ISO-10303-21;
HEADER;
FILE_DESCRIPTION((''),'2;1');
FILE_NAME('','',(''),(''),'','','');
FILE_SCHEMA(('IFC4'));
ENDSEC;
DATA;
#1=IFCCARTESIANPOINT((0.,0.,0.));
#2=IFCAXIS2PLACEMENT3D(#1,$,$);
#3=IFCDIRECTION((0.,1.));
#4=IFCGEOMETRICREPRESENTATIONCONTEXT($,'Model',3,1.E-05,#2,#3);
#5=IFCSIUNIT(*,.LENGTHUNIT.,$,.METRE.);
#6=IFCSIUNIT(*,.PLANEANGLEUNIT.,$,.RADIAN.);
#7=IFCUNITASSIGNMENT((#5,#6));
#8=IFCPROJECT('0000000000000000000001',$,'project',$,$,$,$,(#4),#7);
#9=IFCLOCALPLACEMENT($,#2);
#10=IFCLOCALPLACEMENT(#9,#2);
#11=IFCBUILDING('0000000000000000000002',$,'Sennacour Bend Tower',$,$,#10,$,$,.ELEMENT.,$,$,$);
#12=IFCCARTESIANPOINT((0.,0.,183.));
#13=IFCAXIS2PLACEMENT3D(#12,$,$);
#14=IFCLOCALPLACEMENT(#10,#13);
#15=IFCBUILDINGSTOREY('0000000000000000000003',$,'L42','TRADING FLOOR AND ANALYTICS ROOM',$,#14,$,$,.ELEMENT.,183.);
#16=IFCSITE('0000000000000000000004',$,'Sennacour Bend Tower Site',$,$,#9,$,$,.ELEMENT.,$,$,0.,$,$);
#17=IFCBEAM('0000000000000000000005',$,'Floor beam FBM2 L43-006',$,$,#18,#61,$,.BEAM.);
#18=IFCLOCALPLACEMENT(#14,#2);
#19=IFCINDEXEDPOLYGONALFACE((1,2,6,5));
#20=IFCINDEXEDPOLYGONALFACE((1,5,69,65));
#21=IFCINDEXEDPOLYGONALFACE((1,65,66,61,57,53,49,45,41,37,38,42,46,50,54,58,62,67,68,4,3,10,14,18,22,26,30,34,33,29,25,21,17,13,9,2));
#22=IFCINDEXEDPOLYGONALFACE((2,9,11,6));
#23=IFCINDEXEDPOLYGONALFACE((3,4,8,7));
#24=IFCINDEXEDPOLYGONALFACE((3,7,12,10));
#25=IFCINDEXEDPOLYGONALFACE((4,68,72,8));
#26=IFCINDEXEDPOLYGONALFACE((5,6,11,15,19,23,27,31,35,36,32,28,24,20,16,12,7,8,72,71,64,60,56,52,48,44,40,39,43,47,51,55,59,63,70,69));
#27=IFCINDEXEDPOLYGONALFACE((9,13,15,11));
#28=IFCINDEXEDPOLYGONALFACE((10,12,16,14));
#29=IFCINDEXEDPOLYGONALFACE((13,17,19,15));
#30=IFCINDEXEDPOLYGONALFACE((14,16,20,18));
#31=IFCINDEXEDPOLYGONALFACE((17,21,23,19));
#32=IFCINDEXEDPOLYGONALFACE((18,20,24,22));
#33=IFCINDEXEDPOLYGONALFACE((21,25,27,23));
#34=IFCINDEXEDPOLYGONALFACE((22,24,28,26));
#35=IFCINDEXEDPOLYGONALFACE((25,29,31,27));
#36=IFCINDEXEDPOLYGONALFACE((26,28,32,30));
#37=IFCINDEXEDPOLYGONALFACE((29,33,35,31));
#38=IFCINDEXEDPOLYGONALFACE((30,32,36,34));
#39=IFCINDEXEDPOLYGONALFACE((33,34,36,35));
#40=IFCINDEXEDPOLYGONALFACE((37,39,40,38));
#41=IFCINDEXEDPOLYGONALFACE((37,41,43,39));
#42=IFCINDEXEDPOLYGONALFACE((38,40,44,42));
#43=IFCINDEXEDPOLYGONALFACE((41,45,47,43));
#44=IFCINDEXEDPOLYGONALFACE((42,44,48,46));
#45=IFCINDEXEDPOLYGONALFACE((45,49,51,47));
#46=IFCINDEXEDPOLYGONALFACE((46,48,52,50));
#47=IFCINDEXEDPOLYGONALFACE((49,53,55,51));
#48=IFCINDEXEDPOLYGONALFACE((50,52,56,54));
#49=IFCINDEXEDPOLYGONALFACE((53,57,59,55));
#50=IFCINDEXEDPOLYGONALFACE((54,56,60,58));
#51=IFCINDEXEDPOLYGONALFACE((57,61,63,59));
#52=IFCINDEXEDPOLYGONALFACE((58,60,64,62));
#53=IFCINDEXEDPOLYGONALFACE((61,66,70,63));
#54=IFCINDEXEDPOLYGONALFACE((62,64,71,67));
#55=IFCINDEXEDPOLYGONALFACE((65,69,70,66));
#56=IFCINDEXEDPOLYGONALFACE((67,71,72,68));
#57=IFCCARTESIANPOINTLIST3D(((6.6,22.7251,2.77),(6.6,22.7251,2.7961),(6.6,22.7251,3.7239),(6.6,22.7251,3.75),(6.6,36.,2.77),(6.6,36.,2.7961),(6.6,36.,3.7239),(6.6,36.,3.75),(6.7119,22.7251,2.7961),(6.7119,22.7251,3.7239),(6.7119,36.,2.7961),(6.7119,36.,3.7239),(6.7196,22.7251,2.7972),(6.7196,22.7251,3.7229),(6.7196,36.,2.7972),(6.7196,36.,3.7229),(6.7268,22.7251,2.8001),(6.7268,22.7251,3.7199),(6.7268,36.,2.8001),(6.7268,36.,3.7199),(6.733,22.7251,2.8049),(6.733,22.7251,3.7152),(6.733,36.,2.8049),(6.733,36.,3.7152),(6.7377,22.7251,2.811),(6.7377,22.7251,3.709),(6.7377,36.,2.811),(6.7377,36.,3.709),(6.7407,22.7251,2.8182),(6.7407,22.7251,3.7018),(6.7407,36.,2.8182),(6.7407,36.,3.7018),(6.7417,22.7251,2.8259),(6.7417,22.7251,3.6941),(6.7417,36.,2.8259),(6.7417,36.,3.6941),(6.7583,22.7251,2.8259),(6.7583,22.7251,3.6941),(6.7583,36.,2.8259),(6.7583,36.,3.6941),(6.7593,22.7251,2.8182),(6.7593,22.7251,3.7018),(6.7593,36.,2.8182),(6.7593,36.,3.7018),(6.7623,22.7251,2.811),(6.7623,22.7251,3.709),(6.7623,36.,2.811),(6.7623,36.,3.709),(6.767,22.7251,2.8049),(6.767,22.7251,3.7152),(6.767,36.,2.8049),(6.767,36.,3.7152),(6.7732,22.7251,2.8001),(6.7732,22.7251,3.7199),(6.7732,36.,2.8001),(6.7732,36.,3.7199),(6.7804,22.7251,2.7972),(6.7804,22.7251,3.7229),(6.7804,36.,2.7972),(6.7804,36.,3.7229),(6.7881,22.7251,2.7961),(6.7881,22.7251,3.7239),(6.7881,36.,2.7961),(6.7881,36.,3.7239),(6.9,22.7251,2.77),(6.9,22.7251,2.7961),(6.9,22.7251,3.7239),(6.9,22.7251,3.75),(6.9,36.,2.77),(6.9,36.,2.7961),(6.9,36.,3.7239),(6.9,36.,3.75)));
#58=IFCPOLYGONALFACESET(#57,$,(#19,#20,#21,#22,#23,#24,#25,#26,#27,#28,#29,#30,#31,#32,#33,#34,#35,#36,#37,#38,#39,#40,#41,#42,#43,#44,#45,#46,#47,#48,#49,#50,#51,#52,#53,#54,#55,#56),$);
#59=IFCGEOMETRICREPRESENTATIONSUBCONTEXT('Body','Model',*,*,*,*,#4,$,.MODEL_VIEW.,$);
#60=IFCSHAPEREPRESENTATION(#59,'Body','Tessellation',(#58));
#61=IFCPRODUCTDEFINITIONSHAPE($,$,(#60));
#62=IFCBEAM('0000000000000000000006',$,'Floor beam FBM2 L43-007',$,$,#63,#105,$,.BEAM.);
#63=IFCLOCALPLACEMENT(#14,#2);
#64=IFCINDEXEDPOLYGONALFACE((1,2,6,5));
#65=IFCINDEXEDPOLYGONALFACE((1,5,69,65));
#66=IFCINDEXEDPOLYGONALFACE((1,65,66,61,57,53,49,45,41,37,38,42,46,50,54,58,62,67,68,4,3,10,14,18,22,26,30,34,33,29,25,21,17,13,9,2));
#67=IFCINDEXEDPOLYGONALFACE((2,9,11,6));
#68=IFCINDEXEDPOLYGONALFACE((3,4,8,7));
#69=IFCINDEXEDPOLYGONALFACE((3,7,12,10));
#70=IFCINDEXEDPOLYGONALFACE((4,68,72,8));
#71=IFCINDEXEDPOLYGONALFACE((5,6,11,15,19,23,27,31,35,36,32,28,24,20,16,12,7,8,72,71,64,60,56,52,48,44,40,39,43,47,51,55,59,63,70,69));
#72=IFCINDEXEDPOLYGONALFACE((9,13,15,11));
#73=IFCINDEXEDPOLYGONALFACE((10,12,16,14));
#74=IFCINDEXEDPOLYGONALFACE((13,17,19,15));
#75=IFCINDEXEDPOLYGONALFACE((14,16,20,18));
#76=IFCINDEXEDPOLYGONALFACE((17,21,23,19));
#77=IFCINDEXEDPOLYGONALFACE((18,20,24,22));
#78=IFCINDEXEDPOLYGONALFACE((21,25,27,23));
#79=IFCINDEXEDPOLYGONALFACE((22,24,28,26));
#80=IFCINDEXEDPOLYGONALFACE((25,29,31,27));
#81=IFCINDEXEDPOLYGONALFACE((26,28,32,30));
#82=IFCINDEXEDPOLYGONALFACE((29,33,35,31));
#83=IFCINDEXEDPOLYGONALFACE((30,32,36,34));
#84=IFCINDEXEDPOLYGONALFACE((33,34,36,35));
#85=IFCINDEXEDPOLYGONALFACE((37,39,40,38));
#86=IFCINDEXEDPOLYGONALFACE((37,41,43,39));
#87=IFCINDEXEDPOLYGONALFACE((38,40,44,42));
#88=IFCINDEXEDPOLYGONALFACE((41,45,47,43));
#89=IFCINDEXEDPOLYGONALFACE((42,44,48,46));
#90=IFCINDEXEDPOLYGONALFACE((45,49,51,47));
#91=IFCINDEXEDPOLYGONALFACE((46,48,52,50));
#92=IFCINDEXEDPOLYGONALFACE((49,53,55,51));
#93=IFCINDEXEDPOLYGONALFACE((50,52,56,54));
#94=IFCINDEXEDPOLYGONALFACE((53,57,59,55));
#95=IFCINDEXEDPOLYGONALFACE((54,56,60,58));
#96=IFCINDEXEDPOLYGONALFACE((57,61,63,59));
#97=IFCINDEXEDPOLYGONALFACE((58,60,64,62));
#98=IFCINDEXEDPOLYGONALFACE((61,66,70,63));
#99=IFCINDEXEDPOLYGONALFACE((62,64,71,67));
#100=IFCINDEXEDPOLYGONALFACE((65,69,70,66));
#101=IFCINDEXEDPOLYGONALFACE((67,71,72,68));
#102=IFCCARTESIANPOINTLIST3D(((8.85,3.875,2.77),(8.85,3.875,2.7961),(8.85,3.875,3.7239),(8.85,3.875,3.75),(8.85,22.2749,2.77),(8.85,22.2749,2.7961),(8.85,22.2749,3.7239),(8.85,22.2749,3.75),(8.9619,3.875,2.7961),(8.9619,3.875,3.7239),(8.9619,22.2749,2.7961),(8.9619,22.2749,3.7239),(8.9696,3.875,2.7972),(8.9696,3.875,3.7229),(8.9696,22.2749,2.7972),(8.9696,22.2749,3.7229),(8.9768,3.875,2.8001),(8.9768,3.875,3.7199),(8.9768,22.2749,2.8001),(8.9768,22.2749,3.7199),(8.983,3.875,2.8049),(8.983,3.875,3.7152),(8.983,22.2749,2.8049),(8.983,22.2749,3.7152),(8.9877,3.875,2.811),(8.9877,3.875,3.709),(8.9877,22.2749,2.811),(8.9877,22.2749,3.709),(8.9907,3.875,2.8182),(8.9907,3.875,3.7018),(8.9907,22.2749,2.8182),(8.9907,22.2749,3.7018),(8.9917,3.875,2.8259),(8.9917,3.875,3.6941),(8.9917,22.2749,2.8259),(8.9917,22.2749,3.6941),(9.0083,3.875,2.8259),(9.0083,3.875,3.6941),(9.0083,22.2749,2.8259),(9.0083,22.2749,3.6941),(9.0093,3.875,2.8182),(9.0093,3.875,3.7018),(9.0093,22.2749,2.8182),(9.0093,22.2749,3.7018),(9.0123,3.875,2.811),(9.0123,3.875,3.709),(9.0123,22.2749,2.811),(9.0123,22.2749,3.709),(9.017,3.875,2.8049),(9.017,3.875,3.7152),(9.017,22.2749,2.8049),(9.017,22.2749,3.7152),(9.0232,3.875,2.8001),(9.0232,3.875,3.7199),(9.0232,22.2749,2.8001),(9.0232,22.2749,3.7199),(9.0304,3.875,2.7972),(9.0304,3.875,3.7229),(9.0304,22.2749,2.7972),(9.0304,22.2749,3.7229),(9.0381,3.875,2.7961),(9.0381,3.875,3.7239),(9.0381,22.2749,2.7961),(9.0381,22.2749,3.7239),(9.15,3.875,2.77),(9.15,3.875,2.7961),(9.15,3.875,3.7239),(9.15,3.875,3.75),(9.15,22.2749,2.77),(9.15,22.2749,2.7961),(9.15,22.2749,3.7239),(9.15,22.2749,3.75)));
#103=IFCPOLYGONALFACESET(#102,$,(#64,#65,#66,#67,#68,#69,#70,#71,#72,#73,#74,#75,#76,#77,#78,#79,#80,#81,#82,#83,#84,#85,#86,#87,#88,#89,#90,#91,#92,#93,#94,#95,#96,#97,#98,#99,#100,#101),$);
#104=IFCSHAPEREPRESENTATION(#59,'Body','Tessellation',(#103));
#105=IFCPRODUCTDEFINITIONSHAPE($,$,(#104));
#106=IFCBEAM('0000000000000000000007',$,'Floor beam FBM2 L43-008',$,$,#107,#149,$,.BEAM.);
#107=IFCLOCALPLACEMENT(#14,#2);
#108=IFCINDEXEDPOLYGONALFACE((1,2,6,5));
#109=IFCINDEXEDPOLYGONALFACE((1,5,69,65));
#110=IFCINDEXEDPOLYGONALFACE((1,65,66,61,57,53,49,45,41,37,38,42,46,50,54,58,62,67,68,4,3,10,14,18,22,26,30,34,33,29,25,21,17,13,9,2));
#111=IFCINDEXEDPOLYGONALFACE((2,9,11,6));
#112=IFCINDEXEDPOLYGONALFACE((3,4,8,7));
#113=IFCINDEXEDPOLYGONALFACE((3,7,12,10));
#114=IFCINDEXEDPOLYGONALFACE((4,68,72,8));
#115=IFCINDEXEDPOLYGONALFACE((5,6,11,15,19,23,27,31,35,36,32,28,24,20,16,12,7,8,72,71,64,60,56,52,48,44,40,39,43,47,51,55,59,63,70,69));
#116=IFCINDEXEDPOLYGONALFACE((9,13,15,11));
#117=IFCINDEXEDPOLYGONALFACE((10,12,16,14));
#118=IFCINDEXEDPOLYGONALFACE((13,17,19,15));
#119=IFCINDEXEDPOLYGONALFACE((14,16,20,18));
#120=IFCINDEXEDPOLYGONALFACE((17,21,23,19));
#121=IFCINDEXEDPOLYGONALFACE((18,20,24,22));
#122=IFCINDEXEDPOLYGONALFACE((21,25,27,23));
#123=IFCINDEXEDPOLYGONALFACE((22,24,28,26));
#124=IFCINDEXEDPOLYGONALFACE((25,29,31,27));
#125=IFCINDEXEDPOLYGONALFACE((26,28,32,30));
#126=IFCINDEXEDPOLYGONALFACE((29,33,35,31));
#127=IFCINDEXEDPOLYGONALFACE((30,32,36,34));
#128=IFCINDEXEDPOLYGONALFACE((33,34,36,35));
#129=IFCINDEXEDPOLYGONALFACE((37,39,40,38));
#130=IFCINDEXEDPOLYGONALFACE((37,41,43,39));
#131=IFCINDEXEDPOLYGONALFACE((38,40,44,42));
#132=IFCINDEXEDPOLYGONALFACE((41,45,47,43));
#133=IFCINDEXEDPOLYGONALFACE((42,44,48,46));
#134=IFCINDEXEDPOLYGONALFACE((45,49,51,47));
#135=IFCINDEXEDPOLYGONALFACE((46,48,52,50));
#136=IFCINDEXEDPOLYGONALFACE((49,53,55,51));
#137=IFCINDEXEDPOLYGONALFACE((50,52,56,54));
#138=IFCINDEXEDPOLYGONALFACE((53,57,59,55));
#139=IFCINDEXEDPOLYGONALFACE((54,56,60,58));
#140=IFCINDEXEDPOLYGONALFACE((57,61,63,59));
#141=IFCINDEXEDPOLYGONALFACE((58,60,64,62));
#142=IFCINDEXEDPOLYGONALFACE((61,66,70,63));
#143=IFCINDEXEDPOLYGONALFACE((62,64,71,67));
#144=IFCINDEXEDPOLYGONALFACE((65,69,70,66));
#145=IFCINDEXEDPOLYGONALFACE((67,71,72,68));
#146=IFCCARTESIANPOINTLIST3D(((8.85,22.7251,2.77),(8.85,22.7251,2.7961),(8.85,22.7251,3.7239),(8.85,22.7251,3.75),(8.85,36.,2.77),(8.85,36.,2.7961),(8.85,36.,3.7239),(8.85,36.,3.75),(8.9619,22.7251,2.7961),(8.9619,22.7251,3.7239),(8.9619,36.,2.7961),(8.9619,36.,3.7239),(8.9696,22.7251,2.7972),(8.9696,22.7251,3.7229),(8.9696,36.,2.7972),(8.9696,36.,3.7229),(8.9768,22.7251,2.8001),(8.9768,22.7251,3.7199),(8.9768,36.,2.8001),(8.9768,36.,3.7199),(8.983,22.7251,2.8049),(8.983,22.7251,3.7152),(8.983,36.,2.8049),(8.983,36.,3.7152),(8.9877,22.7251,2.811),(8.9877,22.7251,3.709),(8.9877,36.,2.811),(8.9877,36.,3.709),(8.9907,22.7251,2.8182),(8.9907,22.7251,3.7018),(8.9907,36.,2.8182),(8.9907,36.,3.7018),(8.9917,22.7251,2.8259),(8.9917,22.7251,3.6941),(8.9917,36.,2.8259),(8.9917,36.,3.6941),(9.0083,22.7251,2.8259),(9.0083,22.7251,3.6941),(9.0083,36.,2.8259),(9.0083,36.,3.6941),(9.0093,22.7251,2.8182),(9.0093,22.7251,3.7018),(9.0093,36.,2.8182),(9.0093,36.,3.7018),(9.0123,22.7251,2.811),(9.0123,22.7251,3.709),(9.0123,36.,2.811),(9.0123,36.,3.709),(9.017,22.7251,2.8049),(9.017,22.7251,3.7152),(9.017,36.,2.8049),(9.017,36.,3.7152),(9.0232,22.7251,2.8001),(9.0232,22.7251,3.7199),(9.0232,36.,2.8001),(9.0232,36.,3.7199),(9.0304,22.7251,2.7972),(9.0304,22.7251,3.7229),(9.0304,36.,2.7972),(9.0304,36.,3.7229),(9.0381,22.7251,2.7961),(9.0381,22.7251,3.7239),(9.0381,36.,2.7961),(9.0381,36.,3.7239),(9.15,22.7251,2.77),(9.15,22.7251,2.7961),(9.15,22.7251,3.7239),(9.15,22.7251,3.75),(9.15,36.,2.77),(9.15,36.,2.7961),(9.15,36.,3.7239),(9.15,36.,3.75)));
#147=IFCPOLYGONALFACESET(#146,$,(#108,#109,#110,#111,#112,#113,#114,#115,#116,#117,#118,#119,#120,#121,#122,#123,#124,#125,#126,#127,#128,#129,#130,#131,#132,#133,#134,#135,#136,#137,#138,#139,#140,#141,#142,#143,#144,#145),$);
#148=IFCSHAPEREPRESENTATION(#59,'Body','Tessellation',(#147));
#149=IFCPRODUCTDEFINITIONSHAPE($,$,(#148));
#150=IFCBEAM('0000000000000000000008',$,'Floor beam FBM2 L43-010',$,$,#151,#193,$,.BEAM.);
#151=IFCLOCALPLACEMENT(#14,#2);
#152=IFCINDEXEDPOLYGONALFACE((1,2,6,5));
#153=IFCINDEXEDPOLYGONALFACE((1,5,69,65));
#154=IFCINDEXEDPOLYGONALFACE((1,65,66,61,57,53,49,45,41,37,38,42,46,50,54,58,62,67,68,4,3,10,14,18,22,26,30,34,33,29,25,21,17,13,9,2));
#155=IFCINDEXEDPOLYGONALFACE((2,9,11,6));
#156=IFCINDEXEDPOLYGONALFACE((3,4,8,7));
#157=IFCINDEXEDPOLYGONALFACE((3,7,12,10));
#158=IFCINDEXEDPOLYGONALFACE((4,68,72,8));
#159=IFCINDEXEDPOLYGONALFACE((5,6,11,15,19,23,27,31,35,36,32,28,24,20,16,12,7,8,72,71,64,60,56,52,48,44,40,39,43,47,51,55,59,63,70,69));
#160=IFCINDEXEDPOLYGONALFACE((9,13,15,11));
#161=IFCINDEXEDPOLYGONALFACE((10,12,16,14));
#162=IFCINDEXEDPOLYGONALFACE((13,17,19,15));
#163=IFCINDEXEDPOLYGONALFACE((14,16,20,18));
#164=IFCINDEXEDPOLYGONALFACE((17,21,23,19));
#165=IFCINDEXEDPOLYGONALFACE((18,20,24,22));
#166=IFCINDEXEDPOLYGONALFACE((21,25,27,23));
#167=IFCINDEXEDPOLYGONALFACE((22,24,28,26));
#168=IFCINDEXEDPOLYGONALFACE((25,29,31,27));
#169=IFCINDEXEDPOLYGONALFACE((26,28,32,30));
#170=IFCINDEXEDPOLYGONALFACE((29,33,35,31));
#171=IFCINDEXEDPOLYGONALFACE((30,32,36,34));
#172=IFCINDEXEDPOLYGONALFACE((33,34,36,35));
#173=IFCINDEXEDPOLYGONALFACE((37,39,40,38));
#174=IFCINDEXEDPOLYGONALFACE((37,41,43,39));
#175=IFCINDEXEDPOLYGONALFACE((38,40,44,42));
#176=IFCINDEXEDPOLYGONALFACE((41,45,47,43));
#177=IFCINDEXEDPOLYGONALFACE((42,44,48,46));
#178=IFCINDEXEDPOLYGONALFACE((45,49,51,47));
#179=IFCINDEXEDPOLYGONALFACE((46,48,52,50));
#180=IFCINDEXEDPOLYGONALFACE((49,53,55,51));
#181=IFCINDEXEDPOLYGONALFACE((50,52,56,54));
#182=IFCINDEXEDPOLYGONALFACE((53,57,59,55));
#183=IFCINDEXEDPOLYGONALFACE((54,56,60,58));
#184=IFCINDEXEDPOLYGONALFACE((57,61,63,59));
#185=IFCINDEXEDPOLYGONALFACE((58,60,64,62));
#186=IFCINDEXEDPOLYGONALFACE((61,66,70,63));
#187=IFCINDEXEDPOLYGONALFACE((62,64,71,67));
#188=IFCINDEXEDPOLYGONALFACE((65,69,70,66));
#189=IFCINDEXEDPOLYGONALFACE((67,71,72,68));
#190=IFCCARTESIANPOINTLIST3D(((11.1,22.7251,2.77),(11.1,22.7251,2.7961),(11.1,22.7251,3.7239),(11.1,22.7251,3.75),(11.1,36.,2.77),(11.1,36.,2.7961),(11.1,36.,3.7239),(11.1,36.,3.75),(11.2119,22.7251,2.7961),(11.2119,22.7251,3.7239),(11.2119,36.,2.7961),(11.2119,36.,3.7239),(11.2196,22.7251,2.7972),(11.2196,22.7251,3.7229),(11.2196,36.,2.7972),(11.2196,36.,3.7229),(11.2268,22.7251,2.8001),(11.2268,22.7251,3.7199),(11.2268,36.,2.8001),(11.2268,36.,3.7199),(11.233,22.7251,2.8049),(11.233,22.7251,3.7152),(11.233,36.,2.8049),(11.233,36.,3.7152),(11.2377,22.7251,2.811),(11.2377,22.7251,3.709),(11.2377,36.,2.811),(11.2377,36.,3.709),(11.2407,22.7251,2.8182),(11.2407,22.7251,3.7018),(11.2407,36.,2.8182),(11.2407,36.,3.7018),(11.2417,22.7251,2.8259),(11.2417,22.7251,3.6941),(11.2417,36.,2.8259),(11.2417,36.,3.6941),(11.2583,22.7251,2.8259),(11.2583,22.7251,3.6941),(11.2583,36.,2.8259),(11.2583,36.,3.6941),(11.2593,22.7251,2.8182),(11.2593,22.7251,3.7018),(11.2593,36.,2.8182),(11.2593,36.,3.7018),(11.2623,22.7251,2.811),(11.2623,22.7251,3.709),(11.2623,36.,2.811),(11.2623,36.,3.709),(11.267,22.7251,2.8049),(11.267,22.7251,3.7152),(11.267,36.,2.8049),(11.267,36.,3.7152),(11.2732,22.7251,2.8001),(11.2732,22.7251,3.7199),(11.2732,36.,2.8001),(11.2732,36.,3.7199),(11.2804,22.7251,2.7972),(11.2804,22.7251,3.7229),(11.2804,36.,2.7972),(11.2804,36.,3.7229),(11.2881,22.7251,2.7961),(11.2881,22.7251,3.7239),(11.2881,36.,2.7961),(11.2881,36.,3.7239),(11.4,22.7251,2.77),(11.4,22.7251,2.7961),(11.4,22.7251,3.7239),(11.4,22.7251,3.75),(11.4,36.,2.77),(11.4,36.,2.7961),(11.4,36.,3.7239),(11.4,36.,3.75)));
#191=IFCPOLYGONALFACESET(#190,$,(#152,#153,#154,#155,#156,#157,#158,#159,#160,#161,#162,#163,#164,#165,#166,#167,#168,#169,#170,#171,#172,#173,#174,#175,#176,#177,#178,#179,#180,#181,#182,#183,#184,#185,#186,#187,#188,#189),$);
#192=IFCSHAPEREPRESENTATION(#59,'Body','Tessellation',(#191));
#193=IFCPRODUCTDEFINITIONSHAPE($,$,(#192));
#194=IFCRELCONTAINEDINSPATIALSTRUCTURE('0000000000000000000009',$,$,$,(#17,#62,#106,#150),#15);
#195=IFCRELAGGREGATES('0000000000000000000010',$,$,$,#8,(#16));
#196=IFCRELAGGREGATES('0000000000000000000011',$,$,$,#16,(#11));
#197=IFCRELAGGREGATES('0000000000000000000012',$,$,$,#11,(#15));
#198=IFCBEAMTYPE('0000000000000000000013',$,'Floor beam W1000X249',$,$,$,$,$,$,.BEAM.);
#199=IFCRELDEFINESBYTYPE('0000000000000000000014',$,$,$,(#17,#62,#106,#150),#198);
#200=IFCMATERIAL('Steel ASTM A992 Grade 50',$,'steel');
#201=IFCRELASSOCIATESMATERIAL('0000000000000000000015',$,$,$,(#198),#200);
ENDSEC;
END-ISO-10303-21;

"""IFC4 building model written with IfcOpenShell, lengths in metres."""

from ifc_helpers import new_model, si_unit, direction, frame, origin, origin_2d, place, context, subcontext, project, spatial, i_section, extrude, material, material_profile, profile_set, type_object, element, save


model = new_model("IFC4")

# Units and contexts
model_context = context("Model", 3, precision=1e-05, world=origin(), true_north=direction((0.0, 1.0)))
body_context = subcontext(model_context, "Body", "Model", "MODEL_VIEW")
ifc_project = project(units=[si_unit("LENGTHUNIT", "METRE"), si_unit("PLANEANGLEUNIT", "RADIAN")], contexts=[model_context])

# Site, building, storey
site_placement = place(None, origin())
site = spatial("IfcSite", under=ifc_project, at=site_placement, Name="Sennacour Bend Tower Site", CompositionType="ELEMENT", RefElevation=0.0)
building_placement = place(site_placement, origin())
building = spatial("IfcBuilding", under=site, at=building_placement, Name="Sennacour Bend Tower", CompositionType="ELEMENT")
storey_placement = place(building_placement, frame((0.0, 0.0, 183.0)))
storey = spatial("IfcBuildingStorey", under=building, at=storey_placement, Name="L42", Description="TRADING FLOOR AND ANALYTICS ROOM", CompositionType="ELEMENT", Elevation=183.0)

# Beams
ifc_material_1 = material(Name="Steel ASTM A992 Grade 50", Category="steel")
ifc_material_profile_1 = material_profile(ifc_material_1, i_section(OverallWidth=0.3, OverallDepth=0.98, WebThickness=0.0166, FlangeThickness=0.0261, FilletRadius=0.0298, at=origin_2d()), Name="Steel ASTM A992 Grade 50", Category="steel")
ifc_profile_set_1 = profile_set([ifc_material_profile_1], Name="Steel ASTM A992 Grade 50")
beam_type = type_object("IfcBeamType", Name="Floor beam W1000X249", PredefinedType="BEAM", material=ifc_profile_set_1)
beam_1_placement = place(storey_placement, frame((6.75, 22.7251, 3.26), z_axis=(0.0, 1.0, 0.0), x_axis=(-1.0, 0.0, 0.0)))
element("IfcBeam", 1, at=beam_1_placement, inside=storey, type_object=beam_type, Name="Floor beam FBM2 L43-006", PredefinedType="BEAM", context=body_context, shape_type="SweptSolid", body=[
    extrude(i_section(OverallWidth=0.3, OverallDepth=0.98, WebThickness=0.0166, FlangeThickness=0.0261, FilletRadius=0.0298, at=origin_2d()), origin(), (0.0, 0.0, 1.0), 13.2749),
])
beam_2_placement = place(storey_placement, frame((9.0, 3.875, 3.26), z_axis=(0.0, 1.0, 0.0), x_axis=(-1.0, 0.0, 0.0)))
element("IfcBeam", 2, at=beam_2_placement, inside=storey, type_object=beam_type, Name="Floor beam FBM2 L43-007", PredefinedType="BEAM", context=body_context, shape_type="SweptSolid", body=[
    extrude(i_section(OverallWidth=0.3, OverallDepth=0.98, WebThickness=0.0166, FlangeThickness=0.0261, FilletRadius=0.0298, at=origin_2d()), origin(), (0.0, 0.0, 1.0), 18.3999),
])
for number, where, z_axis, x_axis, name in (
    (3, (9.0, 22.7251, 3.26), (0.0, 1.0, 0.0), (-1.0, 0.0, 0.0), "Floor beam FBM2 L43-008"),
    (4, (11.25, 22.7251, 3.26), (0.0, 1.0, 0.0), (-1.0, 0.0, 0.0), "Floor beam FBM2 L43-010"),
):
    element("IfcBeam", number, at=place(storey_placement, frame(where, z_axis=z_axis, x_axis=x_axis)), inside=storey, type_object=beam_type, Name=name, PredefinedType="BEAM", context=body_context, shape_type="SweptSolid", body=[
        extrude(i_section(OverallWidth=0.3, OverallDepth=0.98, WebThickness=0.0166, FlangeThickness=0.0261, FilletRadius=0.0298, at=origin_2d()), origin(), (0.0, 0.0, 1.0), 13.2749),
    ])

save(model, "model.ifc")
